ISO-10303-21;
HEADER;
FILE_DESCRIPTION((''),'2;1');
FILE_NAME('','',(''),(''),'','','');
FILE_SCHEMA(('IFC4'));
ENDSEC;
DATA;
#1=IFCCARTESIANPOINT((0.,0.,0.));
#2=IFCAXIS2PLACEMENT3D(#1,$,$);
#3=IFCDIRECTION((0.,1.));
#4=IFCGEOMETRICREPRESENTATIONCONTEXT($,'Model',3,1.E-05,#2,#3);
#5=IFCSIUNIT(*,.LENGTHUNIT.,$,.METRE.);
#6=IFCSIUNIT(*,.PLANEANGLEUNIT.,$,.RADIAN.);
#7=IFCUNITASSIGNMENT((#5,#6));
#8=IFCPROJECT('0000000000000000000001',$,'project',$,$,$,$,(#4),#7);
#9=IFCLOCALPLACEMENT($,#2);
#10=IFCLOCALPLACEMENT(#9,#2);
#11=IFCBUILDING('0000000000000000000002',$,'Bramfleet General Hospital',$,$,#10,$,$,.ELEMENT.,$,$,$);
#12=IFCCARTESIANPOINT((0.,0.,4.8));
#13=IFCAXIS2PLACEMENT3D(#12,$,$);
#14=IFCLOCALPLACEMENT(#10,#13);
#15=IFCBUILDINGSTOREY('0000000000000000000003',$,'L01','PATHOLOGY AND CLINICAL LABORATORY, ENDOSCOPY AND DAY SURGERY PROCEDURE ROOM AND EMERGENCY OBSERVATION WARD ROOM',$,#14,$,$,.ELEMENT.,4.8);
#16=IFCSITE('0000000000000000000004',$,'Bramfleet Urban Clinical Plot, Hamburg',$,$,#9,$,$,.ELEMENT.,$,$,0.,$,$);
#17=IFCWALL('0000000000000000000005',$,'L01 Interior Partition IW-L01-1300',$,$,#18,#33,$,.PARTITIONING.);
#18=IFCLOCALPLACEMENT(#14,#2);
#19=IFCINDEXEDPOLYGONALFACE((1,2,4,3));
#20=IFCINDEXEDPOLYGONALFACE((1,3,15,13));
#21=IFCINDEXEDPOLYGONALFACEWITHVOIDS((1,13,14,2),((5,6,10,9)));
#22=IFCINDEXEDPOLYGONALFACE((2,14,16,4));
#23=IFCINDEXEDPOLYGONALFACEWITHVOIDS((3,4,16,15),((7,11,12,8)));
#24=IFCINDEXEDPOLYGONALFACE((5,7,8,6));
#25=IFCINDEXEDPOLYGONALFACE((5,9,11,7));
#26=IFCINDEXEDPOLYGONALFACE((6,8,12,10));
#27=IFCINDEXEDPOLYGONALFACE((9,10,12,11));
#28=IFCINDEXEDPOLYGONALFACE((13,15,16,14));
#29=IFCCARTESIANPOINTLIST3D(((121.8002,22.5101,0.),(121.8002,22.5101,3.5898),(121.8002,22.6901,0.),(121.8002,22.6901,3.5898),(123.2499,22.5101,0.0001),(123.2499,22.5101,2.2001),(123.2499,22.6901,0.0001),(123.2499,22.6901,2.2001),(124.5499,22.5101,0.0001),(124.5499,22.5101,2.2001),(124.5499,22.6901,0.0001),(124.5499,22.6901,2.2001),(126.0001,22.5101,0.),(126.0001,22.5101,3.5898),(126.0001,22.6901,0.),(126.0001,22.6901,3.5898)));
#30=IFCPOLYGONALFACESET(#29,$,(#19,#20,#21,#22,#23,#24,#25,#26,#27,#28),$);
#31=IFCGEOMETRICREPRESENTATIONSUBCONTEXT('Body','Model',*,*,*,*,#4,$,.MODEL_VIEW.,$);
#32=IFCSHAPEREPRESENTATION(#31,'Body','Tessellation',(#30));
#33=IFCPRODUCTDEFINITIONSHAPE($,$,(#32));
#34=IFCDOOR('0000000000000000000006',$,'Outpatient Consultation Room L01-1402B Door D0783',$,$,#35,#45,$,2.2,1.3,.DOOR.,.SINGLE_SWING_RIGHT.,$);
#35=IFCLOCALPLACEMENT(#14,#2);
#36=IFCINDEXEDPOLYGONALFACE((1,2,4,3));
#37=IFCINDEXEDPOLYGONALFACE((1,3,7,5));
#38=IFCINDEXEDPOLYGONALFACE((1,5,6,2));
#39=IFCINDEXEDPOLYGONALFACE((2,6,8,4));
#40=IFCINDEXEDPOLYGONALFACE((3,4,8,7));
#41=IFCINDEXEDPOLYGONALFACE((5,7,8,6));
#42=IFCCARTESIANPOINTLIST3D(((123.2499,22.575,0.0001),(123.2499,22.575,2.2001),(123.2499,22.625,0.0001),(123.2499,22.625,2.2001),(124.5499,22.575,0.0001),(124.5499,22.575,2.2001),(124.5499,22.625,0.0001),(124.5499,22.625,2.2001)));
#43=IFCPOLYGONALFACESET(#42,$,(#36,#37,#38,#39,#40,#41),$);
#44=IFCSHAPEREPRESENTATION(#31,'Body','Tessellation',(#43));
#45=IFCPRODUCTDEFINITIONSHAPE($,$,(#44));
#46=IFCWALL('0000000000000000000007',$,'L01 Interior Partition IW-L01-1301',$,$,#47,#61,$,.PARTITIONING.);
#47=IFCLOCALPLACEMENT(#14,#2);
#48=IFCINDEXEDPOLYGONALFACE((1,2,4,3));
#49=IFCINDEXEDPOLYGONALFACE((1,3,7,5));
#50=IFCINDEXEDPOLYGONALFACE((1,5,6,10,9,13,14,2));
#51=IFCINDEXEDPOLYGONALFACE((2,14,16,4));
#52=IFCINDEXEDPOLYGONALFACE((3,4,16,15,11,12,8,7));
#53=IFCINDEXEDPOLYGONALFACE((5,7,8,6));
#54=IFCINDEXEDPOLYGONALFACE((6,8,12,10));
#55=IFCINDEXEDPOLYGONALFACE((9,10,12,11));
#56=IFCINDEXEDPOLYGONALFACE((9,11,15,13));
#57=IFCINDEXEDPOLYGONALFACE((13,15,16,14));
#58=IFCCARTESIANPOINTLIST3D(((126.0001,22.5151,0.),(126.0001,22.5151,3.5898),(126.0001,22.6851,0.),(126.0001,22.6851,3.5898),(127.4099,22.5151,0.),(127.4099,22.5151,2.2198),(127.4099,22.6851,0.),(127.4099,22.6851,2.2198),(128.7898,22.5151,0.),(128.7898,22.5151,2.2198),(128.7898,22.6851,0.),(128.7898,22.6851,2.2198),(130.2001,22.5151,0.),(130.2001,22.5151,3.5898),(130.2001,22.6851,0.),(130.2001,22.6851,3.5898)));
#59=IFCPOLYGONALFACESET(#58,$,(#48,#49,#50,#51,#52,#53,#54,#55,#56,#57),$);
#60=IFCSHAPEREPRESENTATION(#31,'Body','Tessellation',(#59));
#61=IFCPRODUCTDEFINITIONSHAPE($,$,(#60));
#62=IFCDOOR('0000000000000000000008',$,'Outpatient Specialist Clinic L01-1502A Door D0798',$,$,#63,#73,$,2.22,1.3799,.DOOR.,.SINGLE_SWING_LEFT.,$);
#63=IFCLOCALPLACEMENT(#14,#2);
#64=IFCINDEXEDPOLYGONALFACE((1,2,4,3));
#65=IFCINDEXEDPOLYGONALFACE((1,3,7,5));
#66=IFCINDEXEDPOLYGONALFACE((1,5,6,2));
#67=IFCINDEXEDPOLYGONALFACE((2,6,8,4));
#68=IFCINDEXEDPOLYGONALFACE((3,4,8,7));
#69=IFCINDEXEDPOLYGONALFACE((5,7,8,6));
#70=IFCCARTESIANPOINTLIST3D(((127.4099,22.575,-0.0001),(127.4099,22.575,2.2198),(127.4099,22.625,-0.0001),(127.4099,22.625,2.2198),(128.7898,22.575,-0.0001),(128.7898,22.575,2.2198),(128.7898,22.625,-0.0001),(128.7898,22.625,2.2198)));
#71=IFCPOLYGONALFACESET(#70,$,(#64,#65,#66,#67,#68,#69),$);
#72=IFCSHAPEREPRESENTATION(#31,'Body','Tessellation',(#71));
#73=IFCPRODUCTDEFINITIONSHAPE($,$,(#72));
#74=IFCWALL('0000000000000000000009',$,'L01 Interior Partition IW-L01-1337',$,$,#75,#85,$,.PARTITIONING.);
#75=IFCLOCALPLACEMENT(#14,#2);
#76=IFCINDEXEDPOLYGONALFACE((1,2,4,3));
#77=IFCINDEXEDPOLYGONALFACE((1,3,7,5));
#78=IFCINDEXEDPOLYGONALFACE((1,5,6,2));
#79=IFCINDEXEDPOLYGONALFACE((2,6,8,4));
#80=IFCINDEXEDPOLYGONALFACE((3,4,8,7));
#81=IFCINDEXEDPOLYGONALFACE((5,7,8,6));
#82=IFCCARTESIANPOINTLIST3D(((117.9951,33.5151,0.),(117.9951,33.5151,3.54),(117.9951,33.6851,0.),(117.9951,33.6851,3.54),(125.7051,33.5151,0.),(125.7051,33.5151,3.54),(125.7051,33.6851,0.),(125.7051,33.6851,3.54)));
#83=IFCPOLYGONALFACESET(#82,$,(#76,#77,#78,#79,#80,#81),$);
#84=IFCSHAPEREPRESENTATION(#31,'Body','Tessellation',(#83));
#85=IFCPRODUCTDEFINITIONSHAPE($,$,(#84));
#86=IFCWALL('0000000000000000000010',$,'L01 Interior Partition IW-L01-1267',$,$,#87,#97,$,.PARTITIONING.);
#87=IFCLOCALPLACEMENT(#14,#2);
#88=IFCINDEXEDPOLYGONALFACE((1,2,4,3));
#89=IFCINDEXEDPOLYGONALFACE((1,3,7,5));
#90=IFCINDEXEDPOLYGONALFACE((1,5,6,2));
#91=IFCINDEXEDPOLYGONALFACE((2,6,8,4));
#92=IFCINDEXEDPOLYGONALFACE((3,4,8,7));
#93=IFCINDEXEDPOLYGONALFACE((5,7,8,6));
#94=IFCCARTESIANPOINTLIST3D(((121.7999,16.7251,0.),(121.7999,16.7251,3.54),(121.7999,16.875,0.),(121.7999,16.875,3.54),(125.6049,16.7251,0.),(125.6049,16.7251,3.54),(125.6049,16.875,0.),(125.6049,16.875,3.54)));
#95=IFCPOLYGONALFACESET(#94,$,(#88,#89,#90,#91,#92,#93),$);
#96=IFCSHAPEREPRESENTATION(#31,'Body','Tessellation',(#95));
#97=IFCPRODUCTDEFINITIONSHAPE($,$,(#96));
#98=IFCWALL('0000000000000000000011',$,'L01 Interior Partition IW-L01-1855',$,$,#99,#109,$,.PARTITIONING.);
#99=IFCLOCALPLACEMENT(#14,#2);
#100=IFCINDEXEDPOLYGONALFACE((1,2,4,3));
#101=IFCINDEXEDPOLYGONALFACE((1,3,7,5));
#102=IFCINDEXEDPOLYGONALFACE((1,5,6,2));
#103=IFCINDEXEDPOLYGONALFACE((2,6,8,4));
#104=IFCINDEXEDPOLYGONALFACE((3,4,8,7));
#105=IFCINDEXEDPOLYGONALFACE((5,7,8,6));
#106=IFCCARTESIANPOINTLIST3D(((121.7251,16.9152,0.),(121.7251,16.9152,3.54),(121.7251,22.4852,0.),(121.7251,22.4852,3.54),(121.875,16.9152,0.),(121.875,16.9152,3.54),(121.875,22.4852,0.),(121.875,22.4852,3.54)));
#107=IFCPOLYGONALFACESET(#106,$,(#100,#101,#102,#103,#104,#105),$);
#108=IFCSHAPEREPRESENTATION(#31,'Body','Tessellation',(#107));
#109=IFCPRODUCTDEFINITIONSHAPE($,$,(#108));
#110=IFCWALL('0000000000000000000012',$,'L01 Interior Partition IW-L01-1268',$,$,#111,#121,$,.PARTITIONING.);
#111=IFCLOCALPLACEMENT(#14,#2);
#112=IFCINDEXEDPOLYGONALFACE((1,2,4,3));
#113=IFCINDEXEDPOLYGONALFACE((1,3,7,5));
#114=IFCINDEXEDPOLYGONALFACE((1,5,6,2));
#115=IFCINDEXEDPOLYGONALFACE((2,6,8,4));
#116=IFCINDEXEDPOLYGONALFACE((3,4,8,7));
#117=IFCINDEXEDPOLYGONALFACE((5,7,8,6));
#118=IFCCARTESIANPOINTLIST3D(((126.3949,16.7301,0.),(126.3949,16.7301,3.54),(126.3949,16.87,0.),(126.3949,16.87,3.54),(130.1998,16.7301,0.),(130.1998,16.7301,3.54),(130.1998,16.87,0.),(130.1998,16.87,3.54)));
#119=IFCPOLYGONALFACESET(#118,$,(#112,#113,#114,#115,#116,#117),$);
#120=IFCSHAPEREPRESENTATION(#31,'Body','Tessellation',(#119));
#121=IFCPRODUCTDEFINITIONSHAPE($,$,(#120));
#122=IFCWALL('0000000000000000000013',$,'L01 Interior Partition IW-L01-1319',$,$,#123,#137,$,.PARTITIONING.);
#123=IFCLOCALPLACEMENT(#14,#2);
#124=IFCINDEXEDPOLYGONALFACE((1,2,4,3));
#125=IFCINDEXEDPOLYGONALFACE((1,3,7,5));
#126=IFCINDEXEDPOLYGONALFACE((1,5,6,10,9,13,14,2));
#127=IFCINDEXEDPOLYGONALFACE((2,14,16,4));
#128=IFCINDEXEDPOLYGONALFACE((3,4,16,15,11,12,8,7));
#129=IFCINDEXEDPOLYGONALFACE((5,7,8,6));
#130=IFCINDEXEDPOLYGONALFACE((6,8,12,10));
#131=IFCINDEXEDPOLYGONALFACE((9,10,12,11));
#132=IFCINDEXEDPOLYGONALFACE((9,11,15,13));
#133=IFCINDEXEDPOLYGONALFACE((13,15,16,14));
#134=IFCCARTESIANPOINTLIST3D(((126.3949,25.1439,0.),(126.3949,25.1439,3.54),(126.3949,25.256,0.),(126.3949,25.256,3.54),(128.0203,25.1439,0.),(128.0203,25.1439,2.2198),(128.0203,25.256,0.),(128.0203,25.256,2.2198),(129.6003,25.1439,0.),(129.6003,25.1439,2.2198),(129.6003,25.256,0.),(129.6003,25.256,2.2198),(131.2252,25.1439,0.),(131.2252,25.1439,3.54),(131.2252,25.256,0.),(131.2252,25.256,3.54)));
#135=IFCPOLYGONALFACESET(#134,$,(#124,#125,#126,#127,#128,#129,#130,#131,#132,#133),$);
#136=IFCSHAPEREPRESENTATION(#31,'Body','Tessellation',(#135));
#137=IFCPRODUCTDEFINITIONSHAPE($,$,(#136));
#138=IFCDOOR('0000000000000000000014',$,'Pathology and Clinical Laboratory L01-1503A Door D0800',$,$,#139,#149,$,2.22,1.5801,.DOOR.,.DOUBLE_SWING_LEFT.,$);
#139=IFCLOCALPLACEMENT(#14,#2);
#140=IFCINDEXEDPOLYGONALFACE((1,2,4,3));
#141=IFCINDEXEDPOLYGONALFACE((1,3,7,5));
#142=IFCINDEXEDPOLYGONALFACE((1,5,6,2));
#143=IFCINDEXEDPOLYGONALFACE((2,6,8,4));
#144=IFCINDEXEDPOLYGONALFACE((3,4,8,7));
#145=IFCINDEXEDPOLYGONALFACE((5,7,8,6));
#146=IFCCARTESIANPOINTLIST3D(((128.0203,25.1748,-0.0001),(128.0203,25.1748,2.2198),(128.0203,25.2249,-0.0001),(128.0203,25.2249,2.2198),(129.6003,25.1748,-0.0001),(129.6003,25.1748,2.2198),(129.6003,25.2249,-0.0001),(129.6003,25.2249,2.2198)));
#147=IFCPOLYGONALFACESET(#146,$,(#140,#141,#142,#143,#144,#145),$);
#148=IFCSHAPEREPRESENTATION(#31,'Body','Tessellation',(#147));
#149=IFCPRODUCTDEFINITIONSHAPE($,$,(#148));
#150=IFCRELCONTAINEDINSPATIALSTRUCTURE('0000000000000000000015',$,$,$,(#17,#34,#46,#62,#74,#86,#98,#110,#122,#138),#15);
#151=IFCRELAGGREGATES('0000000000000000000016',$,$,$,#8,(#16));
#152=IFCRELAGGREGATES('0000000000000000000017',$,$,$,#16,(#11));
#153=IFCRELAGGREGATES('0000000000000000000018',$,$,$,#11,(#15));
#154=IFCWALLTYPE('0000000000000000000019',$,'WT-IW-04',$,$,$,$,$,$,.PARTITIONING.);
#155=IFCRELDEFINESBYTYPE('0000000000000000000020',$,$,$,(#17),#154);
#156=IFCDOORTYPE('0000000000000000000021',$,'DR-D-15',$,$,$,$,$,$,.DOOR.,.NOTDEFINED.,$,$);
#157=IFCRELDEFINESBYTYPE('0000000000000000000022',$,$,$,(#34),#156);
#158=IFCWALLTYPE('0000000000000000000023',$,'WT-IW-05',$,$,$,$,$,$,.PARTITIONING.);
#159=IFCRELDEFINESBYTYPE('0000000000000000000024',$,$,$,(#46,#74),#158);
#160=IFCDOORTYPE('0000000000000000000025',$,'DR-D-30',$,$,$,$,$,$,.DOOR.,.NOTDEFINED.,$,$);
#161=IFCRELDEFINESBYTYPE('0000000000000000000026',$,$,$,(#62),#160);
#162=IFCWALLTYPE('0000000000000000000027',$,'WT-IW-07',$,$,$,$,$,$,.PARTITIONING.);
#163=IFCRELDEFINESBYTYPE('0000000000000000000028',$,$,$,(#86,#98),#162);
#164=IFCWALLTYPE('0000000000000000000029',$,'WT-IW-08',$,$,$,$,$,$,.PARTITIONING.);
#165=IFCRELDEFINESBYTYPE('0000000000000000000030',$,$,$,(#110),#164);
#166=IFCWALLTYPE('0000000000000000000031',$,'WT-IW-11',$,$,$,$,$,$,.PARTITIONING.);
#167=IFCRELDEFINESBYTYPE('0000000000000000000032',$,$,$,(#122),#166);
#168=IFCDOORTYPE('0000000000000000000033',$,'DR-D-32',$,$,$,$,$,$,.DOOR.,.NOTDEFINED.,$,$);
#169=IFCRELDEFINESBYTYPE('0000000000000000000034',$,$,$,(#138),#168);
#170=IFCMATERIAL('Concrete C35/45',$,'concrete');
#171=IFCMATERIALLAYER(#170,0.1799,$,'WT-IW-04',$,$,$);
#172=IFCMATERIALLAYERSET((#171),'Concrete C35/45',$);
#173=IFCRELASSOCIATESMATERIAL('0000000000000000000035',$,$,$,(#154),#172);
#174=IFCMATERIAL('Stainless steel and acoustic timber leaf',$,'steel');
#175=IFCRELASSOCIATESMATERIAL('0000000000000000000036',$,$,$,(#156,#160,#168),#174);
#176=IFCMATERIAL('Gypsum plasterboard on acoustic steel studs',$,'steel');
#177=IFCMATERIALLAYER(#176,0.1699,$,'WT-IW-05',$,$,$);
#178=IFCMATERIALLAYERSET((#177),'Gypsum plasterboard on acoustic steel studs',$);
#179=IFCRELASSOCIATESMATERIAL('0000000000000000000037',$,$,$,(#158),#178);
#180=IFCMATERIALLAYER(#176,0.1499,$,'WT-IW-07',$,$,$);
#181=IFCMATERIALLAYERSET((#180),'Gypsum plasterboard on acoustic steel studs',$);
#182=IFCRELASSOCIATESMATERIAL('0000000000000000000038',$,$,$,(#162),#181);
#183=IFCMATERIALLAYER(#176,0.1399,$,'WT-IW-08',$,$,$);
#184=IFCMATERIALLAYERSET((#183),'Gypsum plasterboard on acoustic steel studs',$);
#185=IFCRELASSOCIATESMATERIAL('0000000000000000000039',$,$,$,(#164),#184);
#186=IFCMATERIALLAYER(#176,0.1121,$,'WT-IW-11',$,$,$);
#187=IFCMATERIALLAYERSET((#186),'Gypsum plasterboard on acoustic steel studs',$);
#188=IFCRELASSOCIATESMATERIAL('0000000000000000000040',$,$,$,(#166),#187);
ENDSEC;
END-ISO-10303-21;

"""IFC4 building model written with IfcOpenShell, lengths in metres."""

from ifc_helpers import new_model, si_unit, direction, frame, frame_2d, origin, place, context, subcontext, project, spatial, rectangle, extrude, material, layer, layer_set, type_object, element, fill, save


model = new_model("IFC4")

# Units and contexts
model_context = context("Model", 3, precision=1e-05, world=origin(), true_north=direction((0.0, 1.0)))
body_context = subcontext(model_context, "Body", "Model", "MODEL_VIEW")
ifc_project = project(units=[si_unit("LENGTHUNIT", "METRE"), si_unit("PLANEANGLEUNIT", "RADIAN")], contexts=[model_context])

# Site, building, storey
site_placement = place(None, origin())
site = spatial("IfcSite", under=ifc_project, at=site_placement, Name="Bramfleet Urban Clinical Plot, Hamburg", CompositionType="ELEMENT", RefElevation=0.0)
building_placement = place(site_placement, origin())
building = spatial("IfcBuilding", under=site, at=building_placement, Name="Bramfleet General Hospital", CompositionType="ELEMENT")
storey_placement = place(building_placement, frame((0.0, 0.0, 4.8)))
storey = spatial("IfcBuildingStorey", under=building, at=storey_placement, Name="L01", Description="PATHOLOGY AND CLINICAL LABORATORY, ENDOSCOPY AND DAY SURGERY PROCEDURE ROOM AND EMERGENCY OBSERVATION WARD ROOM", CompositionType="ELEMENT", Elevation=4.8)

# Shared definitions
ifc_material_1 = material(Name="Concrete C35/45", Category="concrete")

# Walls, openings, doors
ifc_layer_1 = layer(ifc_material_1, 0.1799, Name="WT-IW-04")
ifc_layer_set_1 = layer_set([ifc_layer_1], Name="Concrete C35/45")
wall_type_1 = type_object("IfcWallType", Name="WT-IW-04", PredefinedType="PARTITIONING", material=ifc_layer_set_1)
wall_1_placement = place(storey_placement, frame((121.8, 22.6001, 0.0), z_axis=(0.0, 0.0, 1.0), x_axis=(1.0, 0.0, 0.0)))
wall_1 = element("IfcWall", 1, at=wall_1_placement, inside=storey, type_object=wall_type_1, Name="L01 Interior Partition IW-L01-1300", PredefinedType="PARTITIONING", context=body_context, shape_type="SweptSolid", body=[
    extrude(rectangle(XDim=4.2, YDim=0.1799, at=frame_2d((2.1001, 0.0))), origin(), (0.0, 0.0, 1.0), 3.5898),
])
opening_1_placement = place(wall_1_placement, frame((1.45, 0.0, 0.0)))
opening_1 = element("IfcOpeningElement", 2, at=opening_1_placement, cuts=wall_1, PredefinedType="OPENING", context=body_context, shape_type="SweptSolid", body=[
    extrude(rectangle(XDim=1.3, YDim=2.2, at=frame_2d((0.6499, 1.1001))), frame((0.0, 0.0999, 0.0), z_axis=(0.0, -1.0, 0.0), x_axis=(1.0, 0.0, 0.0)), (0.0, 0.0, 1.0), 0.2),
])
ifc_material_2 = material(Name="Stainless steel and acoustic timber leaf", Category="steel")
door_type_1 = type_object("IfcDoorType", Name="DR-D-15", OperationType="NOTDEFINED", PredefinedType="DOOR", material=ifc_material_2)
door_1_placement = place(opening_1_placement, origin())
door_1 = element("IfcDoor", 3, at=door_1_placement, inside=storey, type_object=door_type_1, Name="Outpatient Consultation Room L01-1402B Door D0783", OperationType="SINGLE_SWING_RIGHT", OverallHeight=2.2, OverallWidth=1.3, PredefinedType="DOOR", context=body_context, shape_type="SweptSolid", body=[
    extrude(rectangle(XDim=1.3, YDim=2.2, at=frame_2d((0.6499, 1.1001))), frame((0.0, 0.0249, 0.0), z_axis=(0.0, -1.0, 0.0), x_axis=(1.0, 0.0, 0.0)), (0.0, 0.0, 1.0), 0.05),
])
fill(opening_1, door_1)
ifc_material_3 = material(Name="Gypsum plasterboard on acoustic steel studs", Category="steel")
ifc_layer_2 = layer(ifc_material_3, 0.1699, Name="WT-IW-05")
ifc_layer_set_2 = layer_set([ifc_layer_2], Name="Gypsum plasterboard on acoustic steel studs")
wall_type_2 = type_object("IfcWallType", Name="WT-IW-05", PredefinedType="PARTITIONING", material=ifc_layer_set_2)
wall_2_placement = place(storey_placement, frame((126.0, 22.6001, 0.0), z_axis=(0.0, 0.0, 1.0), x_axis=(1.0, 0.0, 0.0)))
wall_2 = element("IfcWall", 4, at=wall_2_placement, inside=storey, type_object=wall_type_2, Name="L01 Interior Partition IW-L01-1301", PredefinedType="PARTITIONING", context=body_context, shape_type="SweptSolid", body=[
    extrude(rectangle(XDim=4.2, YDim=0.1699, at=frame_2d((2.1001, 0.0))), origin(), (0.0, 0.0, 1.0), 3.5898),
])
opening_2_placement = place(wall_2_placement, frame((1.4099, 0.0, 0.0)))
opening_2 = element("IfcOpeningElement", 5, at=opening_2_placement, cuts=wall_2, PredefinedType="OPENING", context=body_context, shape_type="SweptSolid", body=[
    extrude(rectangle(XDim=1.3799, YDim=2.22, at=frame_2d((0.6899, 1.1099))), frame((0.0, 0.095, 0.0), z_axis=(0.0, -1.0, 0.0), x_axis=(1.0, 0.0, 0.0)), (0.0, 0.0, 1.0), 0.1899),
])
door_type_2 = type_object("IfcDoorType", Name="DR-D-30", OperationType="NOTDEFINED", PredefinedType="DOOR", material=ifc_material_2)
door_2_placement = place(opening_2_placement, origin())
door_2 = element("IfcDoor", 6, at=door_2_placement, inside=storey, type_object=door_type_2, Name="Outpatient Specialist Clinic L01-1502A Door D0798", OperationType="SINGLE_SWING_LEFT", OverallHeight=2.22, OverallWidth=1.3799, PredefinedType="DOOR", context=body_context, shape_type="SweptSolid", body=[
    extrude(rectangle(XDim=1.3799, YDim=2.22, at=frame_2d((0.6899, 1.1099))), frame((0.0, 0.0249, 0.0), z_axis=(0.0, -1.0, 0.0), x_axis=(1.0, 0.0, 0.0)), (0.0, 0.0, 1.0), 0.05),
])
fill(opening_2, door_2)

# Walls
wall_3_placement = place(storey_placement, frame((117.9951, 33.6001, 0.0), z_axis=(0.0, 0.0, 1.0), x_axis=(1.0, 0.0, 0.0)))
element("IfcWall", 7, at=wall_3_placement, inside=storey, type_object=wall_type_2, Name="L01 Interior Partition IW-L01-1337", PredefinedType="PARTITIONING", context=body_context, shape_type="SweptSolid", body=[
    extrude(rectangle(XDim=7.71, YDim=0.1699, at=frame_2d((3.855, 0.0))), origin(), (0.0, 0.0, 1.0), 3.54),
])
ifc_layer_3 = layer(ifc_material_3, 0.1499, Name="WT-IW-07")
ifc_layer_set_3 = layer_set([ifc_layer_3], Name="Gypsum plasterboard on acoustic steel studs")
wall_type_3 = type_object("IfcWallType", Name="WT-IW-07", PredefinedType="PARTITIONING", material=ifc_layer_set_3)
wall_4_placement = place(storey_placement, frame((121.8, 16.8, 0.0), z_axis=(0.0, 0.0, 1.0), x_axis=(1.0, 0.0, 0.0)))
element("IfcWall", 8, at=wall_4_placement, inside=storey, type_object=wall_type_3, Name="L01 Interior Partition IW-L01-1267", PredefinedType="PARTITIONING", context=body_context, shape_type="SweptSolid", body=[
    extrude(rectangle(XDim=3.8049, YDim=0.1499, at=frame_2d((1.9023, 0.0))), origin(), (0.0, 0.0, 1.0), 3.54),
])
wall_5_placement = place(storey_placement, frame((121.8, 16.915, 0.0), z_axis=(0.0, 0.0, 1.0), x_axis=(0.0, 1.0, 0.0)))
element("IfcWall", 9, at=wall_5_placement, inside=storey, type_object=wall_type_3, Name="L01 Interior Partition IW-L01-1855", PredefinedType="PARTITIONING", context=body_context, shape_type="SweptSolid", body=[
    extrude(rectangle(XDim=5.5701, YDim=0.1499, at=frame_2d((2.7852, 0.0))), origin(), (0.0, 0.0, 1.0), 3.54),
])
ifc_layer_4 = layer(ifc_material_3, 0.1399, Name="WT-IW-08")
ifc_layer_set_4 = layer_set([ifc_layer_4], Name="Gypsum plasterboard on acoustic steel studs")
wall_type_4 = type_object("IfcWallType", Name="WT-IW-08", PredefinedType="PARTITIONING", material=ifc_layer_set_4)
wall_6_placement = place(storey_placement, frame((126.395, 16.8, 0.0), z_axis=(0.0, 0.0, 1.0), x_axis=(1.0, 0.0, 0.0)))
element("IfcWall", 10, at=wall_6_placement, inside=storey, type_object=wall_type_4, Name="L01 Interior Partition IW-L01-1268", PredefinedType="PARTITIONING", context=body_context, shape_type="SweptSolid", body=[
    extrude(rectangle(XDim=3.8049, YDim=0.1399, at=frame_2d((1.9023, 0.0))), origin(), (0.0, 0.0, 1.0), 3.54),
])

# Wall, opening, door
ifc_layer_5 = layer(ifc_material_3, 0.1121, Name="WT-IW-11")
ifc_layer_set_5 = layer_set([ifc_layer_5], Name="Gypsum plasterboard on acoustic steel studs")
wall_type_5 = type_object("IfcWallType", Name="WT-IW-11", PredefinedType="PARTITIONING", material=ifc_layer_set_5)
wall_7_placement = place(storey_placement, frame((126.395, 25.2, 0.0), z_axis=(0.0, 0.0, 1.0), x_axis=(1.0, 0.0, 0.0)))
wall_7 = element("IfcWall", 11, at=wall_7_placement, inside=storey, type_object=wall_type_5, Name="L01 Interior Partition IW-L01-1319", PredefinedType="PARTITIONING", context=body_context, shape_type="SweptSolid", body=[
    extrude(rectangle(XDim=4.8303, YDim=0.1121, at=frame_2d((2.415, 0.0))), origin(), (0.0, 0.0, 1.0), 3.54),
])
opening_3_placement = place(wall_7_placement, frame((1.6252, 0.0, 0.0)))
opening_3 = element("IfcOpeningElement", 12, at=opening_3_placement, cuts=wall_7, PredefinedType="OPENING", context=body_context, shape_type="SweptSolid", body=[
    extrude(rectangle(XDim=1.5801, YDim=2.22, at=frame_2d((0.79, 1.1099))), frame((0.0, 0.0659, 0.0), z_axis=(0.0, -1.0, 0.0), x_axis=(1.0, 0.0, 0.0)), (0.0, 0.0, 1.0), 0.1321),
])
door_type_3 = type_object("IfcDoorType", Name="DR-D-32", OperationType="NOTDEFINED", PredefinedType="DOOR", material=ifc_material_2)
door_3_placement = place(opening_3_placement, origin())
door_3 = element("IfcDoor", 13, at=door_3_placement, inside=storey, type_object=door_type_3, Name="Pathology and Clinical Laboratory L01-1503A Door D0800", OperationType="DOUBLE_SWING_LEFT", OverallHeight=2.22, OverallWidth=1.5801, PredefinedType="DOOR", context=body_context, shape_type="SweptSolid", body=[
    extrude(rectangle(XDim=1.5801, YDim=2.22, at=frame_2d((0.79, 1.1099))), frame((0.0, 0.0249, 0.0), z_axis=(0.0, -1.0, 0.0), x_axis=(1.0, 0.0, 0.0)), (0.0, 0.0, 1.0), 0.05),
])
fill(opening_3, door_3)

save(model, "model.ifc")
